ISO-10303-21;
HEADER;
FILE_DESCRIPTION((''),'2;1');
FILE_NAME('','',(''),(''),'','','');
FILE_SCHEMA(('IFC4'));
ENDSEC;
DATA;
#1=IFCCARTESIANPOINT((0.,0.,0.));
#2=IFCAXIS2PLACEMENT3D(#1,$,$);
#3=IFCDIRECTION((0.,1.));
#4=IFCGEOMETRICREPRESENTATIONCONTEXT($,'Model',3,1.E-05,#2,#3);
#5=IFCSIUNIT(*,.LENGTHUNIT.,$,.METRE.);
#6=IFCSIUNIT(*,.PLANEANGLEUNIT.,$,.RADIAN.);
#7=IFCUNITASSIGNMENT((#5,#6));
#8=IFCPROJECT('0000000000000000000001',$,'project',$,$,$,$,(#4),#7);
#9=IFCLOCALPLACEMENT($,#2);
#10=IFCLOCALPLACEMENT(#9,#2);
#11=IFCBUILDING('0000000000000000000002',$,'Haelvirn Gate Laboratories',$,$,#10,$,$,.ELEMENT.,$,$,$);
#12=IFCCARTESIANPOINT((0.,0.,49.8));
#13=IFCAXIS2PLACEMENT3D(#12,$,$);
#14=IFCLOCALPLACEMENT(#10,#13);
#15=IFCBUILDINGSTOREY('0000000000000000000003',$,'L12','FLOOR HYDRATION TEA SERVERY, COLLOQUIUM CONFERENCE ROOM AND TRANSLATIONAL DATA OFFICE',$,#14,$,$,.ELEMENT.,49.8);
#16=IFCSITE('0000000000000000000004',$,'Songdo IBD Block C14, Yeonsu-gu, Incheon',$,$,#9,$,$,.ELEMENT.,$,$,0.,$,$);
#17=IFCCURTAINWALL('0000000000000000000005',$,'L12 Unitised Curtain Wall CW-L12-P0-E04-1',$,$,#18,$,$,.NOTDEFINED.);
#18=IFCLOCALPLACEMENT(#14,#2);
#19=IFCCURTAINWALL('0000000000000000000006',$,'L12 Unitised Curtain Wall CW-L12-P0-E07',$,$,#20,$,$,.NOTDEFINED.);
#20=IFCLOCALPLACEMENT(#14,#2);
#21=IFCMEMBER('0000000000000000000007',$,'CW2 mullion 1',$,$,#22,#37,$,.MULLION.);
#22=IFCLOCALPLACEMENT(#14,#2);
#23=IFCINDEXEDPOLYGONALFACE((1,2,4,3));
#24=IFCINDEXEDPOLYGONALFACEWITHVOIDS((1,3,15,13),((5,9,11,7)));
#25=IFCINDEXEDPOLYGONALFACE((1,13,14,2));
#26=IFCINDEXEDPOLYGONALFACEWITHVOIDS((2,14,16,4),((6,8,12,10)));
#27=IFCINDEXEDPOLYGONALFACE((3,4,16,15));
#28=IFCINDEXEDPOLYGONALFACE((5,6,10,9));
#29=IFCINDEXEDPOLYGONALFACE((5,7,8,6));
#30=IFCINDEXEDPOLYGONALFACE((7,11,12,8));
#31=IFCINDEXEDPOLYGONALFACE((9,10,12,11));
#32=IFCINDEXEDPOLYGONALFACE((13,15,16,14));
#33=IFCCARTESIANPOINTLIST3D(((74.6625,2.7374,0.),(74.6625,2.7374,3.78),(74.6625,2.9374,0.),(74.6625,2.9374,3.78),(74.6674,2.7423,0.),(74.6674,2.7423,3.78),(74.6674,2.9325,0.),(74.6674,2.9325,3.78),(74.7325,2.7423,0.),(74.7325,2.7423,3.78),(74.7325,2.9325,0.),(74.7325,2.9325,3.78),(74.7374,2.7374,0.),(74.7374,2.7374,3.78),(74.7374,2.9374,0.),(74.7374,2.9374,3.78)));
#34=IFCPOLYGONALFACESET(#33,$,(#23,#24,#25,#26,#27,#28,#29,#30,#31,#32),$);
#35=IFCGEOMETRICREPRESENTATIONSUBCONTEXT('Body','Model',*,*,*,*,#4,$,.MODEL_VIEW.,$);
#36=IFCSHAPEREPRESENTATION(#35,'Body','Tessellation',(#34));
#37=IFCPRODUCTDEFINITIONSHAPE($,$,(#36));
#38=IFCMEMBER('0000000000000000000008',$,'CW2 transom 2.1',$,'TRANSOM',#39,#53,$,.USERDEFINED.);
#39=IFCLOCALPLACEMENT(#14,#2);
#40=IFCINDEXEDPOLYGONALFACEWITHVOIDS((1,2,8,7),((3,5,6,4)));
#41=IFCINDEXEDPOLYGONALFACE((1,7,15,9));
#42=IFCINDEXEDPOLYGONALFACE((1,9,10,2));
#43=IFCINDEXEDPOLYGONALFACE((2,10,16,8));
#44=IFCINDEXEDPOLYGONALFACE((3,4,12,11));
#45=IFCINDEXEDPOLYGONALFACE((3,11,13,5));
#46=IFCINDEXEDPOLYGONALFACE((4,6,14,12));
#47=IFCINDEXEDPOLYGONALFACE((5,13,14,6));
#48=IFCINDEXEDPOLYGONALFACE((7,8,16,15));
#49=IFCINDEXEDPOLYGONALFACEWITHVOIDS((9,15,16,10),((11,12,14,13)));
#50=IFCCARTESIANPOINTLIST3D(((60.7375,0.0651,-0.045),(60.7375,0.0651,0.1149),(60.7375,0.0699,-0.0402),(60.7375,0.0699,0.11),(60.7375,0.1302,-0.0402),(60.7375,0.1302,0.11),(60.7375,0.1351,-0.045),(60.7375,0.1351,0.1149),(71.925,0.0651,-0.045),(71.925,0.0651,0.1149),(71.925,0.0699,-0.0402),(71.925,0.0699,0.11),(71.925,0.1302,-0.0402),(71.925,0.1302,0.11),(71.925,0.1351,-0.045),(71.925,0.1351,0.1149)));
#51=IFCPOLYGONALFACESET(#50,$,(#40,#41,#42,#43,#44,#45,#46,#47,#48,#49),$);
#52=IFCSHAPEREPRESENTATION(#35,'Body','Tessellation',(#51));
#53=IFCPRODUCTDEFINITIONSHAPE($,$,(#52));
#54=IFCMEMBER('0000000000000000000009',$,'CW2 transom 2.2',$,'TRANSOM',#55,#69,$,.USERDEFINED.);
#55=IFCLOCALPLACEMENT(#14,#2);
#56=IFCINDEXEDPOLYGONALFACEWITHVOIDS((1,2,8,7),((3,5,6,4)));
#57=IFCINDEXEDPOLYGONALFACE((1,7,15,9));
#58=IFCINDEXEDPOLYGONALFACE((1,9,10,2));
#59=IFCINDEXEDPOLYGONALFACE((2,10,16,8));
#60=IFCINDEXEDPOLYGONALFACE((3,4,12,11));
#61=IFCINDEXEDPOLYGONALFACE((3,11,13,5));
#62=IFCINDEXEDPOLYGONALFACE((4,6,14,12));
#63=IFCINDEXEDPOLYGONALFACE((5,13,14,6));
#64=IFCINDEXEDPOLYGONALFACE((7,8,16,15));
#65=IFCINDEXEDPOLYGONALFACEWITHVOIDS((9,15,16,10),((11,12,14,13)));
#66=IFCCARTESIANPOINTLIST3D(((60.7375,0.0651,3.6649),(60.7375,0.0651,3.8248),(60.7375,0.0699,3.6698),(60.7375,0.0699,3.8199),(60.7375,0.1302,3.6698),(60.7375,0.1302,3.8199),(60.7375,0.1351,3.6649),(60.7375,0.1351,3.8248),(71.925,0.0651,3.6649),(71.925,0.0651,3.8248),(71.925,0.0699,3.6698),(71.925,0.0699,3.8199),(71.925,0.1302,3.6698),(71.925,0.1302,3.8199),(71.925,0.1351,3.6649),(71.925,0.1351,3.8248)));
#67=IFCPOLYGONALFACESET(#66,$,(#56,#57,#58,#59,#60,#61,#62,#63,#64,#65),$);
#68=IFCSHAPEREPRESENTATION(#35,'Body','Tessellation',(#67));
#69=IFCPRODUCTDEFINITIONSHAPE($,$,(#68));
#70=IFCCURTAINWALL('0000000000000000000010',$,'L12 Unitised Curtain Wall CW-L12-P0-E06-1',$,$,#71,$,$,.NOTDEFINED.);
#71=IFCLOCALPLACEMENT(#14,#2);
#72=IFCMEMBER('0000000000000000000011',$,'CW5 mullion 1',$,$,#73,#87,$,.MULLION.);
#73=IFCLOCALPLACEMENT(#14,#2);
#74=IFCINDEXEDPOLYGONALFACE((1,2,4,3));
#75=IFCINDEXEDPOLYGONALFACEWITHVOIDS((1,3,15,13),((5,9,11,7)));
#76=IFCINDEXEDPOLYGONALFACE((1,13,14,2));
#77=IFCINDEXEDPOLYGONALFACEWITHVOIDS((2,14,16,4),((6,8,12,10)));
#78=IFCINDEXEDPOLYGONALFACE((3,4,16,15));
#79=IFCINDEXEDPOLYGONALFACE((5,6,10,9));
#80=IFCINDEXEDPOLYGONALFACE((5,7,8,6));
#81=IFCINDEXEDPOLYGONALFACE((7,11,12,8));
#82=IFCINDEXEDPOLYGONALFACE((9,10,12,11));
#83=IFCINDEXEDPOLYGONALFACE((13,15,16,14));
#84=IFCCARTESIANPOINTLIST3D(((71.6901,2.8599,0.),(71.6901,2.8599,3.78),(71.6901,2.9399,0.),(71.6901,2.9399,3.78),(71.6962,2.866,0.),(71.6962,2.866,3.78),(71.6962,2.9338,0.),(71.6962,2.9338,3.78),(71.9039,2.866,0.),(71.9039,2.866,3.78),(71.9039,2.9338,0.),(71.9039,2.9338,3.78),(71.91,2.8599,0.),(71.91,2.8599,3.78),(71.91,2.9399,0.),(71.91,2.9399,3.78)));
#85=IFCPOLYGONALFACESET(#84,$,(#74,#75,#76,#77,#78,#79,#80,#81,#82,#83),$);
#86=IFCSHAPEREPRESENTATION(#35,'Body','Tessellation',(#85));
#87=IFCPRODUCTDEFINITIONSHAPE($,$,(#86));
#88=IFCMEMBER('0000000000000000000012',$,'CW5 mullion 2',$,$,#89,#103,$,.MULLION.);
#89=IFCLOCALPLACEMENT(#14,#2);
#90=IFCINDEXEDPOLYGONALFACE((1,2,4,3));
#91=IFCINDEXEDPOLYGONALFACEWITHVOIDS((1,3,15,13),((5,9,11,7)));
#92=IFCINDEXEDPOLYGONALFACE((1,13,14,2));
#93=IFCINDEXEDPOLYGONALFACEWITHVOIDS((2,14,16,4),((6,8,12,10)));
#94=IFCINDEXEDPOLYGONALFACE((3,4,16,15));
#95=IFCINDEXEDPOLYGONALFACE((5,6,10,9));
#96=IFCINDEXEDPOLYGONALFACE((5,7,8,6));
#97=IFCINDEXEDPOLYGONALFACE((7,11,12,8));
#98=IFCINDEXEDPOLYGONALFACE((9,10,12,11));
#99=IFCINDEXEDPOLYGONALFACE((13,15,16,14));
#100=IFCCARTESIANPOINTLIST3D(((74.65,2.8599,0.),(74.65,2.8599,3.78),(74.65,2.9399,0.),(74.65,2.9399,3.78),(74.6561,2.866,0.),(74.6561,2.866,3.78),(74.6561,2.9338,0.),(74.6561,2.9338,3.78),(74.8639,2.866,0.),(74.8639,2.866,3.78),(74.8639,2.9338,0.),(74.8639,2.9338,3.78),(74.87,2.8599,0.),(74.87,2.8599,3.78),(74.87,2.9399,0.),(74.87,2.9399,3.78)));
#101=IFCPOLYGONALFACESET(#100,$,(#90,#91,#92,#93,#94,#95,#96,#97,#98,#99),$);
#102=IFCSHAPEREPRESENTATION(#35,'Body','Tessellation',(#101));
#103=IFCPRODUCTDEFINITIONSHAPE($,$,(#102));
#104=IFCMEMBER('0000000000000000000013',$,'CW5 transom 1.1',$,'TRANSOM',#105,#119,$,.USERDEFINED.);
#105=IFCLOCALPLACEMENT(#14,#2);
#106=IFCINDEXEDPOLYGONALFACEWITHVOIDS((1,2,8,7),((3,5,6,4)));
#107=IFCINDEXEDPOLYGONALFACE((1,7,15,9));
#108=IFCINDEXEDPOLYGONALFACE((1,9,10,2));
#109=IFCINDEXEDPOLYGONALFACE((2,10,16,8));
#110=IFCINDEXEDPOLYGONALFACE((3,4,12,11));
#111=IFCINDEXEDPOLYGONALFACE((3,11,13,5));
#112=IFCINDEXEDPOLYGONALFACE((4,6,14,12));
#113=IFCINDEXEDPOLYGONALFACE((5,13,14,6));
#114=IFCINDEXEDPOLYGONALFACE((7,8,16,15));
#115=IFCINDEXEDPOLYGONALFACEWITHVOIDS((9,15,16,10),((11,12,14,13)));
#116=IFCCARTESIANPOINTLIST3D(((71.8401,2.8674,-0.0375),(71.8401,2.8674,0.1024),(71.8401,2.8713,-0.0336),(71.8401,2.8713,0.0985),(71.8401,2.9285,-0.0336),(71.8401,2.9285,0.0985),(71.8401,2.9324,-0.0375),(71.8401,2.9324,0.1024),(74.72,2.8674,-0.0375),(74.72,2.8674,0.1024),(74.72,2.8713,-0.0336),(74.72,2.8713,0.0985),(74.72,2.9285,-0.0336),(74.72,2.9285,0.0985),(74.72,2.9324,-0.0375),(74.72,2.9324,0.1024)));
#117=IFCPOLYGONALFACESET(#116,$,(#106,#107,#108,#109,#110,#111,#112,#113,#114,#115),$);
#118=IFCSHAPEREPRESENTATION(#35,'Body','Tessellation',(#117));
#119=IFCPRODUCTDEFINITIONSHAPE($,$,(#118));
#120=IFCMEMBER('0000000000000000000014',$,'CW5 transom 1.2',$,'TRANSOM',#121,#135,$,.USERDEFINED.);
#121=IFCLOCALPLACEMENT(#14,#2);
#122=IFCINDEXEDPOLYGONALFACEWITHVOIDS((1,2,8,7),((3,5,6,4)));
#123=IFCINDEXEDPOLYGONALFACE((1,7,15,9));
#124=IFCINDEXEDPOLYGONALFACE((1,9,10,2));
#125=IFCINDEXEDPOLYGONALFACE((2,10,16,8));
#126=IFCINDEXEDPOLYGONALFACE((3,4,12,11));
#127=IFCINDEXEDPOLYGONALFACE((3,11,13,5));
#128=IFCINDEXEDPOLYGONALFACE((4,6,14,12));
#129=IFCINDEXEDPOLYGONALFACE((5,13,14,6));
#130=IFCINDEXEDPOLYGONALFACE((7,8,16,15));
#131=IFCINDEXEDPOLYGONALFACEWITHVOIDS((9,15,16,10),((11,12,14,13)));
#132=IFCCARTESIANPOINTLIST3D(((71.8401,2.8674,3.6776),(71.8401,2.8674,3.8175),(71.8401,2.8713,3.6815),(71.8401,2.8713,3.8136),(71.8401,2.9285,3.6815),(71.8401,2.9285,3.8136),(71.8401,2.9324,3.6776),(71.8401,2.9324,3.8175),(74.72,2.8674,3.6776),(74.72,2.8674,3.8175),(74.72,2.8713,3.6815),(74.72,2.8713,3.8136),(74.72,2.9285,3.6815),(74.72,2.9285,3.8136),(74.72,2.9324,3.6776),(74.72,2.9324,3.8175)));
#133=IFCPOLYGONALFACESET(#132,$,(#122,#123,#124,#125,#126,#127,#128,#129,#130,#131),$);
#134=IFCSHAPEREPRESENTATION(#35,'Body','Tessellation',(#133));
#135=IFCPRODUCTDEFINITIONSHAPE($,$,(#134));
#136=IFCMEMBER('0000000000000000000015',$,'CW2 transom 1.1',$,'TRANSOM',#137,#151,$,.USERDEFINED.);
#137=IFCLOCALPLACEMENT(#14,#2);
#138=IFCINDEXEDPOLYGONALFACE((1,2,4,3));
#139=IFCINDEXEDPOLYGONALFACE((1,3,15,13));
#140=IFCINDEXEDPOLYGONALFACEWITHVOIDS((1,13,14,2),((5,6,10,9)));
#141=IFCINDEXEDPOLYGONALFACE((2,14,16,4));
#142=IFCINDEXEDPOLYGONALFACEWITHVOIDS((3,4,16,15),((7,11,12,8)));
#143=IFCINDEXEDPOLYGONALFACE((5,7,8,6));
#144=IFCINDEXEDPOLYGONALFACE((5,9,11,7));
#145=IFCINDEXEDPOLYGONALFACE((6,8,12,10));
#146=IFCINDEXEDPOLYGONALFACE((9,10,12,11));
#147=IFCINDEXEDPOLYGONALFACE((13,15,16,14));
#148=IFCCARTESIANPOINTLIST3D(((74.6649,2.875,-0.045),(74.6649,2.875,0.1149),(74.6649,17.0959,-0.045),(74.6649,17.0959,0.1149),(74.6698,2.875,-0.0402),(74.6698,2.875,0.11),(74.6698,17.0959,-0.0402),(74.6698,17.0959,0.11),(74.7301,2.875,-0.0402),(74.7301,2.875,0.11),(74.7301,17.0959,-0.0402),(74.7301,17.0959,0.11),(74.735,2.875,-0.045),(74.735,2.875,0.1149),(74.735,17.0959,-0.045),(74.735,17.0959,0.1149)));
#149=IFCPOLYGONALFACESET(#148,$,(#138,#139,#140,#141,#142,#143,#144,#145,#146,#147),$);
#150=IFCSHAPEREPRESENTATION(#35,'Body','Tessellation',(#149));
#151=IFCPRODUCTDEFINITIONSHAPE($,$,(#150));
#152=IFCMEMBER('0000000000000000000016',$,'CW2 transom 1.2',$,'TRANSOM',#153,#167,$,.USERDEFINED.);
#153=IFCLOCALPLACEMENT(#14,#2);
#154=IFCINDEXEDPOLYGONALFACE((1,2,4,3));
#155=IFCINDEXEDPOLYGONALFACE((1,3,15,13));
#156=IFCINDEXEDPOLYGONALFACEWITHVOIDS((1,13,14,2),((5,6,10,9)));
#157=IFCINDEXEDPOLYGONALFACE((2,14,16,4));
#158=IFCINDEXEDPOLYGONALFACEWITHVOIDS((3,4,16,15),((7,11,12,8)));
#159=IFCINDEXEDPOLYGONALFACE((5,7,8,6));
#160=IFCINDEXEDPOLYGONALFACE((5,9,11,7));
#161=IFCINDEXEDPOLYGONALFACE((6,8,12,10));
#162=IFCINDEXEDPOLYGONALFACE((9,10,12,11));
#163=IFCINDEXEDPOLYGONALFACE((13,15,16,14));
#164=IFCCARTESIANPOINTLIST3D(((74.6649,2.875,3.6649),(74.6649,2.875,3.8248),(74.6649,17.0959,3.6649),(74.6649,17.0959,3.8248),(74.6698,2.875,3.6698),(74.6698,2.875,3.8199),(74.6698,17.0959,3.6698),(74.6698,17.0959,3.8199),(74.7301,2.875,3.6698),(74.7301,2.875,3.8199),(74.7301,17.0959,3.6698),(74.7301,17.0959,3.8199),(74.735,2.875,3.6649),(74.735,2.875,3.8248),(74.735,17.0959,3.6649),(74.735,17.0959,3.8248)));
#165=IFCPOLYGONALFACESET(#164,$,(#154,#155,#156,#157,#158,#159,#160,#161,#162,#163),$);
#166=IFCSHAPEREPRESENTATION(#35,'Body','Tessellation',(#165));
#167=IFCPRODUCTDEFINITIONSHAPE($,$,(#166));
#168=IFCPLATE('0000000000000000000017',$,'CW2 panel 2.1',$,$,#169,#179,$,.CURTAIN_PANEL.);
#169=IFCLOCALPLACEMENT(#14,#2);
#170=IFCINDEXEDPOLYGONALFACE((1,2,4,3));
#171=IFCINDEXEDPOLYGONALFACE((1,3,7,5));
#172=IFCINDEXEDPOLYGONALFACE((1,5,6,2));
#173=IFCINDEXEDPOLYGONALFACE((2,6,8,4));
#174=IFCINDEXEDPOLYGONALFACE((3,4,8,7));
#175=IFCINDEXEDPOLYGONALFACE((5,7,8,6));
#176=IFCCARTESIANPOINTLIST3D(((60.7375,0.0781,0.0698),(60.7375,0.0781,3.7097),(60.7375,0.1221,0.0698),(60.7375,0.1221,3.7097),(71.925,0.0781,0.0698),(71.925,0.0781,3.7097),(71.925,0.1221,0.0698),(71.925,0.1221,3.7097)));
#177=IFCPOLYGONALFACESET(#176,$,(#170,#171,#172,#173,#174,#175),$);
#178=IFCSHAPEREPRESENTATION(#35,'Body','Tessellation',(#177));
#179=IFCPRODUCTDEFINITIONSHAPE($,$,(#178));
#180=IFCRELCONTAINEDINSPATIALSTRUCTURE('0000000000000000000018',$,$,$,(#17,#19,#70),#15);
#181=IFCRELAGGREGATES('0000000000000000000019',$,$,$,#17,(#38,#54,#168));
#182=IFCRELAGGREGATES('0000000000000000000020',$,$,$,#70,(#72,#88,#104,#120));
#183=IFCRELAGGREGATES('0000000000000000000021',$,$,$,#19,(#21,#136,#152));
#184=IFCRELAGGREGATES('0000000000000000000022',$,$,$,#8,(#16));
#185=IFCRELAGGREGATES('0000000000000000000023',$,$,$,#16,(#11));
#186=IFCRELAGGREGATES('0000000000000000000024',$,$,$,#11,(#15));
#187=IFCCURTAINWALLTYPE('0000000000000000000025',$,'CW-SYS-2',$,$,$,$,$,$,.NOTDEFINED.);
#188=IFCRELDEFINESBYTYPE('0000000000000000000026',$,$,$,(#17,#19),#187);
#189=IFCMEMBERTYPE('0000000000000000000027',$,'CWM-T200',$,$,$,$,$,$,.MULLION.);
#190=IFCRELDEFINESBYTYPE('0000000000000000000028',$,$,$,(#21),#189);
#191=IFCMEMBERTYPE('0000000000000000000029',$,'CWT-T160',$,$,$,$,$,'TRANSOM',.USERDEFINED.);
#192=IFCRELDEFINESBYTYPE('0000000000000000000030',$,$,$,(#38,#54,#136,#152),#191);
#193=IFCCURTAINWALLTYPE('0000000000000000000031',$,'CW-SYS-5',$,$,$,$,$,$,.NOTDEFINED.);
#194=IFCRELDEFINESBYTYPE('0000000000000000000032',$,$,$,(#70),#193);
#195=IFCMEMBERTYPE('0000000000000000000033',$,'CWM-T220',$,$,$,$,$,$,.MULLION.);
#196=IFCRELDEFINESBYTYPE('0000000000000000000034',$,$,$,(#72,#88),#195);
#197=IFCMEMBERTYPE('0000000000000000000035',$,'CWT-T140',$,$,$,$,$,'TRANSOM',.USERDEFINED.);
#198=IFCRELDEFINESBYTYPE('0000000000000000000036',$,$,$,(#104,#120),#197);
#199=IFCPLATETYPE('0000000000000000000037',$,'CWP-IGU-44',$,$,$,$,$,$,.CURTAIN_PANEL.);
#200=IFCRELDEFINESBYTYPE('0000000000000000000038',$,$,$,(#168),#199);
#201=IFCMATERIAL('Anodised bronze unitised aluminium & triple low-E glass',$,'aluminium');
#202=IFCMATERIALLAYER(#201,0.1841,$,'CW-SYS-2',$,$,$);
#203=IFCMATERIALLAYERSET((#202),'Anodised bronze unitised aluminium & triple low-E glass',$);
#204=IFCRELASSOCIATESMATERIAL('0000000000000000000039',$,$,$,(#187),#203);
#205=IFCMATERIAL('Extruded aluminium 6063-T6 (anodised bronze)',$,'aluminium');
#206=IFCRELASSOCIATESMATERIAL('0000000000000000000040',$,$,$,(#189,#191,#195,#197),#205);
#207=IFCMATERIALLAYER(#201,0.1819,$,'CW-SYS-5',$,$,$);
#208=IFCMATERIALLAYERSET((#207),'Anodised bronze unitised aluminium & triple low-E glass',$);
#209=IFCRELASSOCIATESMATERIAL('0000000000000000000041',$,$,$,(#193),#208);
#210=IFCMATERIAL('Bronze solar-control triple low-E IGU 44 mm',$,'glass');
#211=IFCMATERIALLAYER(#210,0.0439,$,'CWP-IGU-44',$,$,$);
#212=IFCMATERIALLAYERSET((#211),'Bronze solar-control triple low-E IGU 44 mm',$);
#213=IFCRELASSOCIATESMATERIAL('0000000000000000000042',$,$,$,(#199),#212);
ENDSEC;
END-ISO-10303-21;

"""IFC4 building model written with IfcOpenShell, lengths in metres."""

from ifc_helpers import new_model, si_unit, direction, frame, origin, origin_2d, place, context, subcontext, project, spatial, rectangle, hollow_rectangle, extrude, source, transform, mapped, material, layer, layer_set, material_profile, profile_set, type_object, type_shapes, element, aggregate, save


model = new_model("IFC4")

# Units and contexts
model_context = context("Model", 3, precision=1e-05, world=origin(), true_north=direction((0.0, 1.0)))
body_context = subcontext(model_context, "Body", "Model", "MODEL_VIEW")
ifc_project = project(units=[si_unit("LENGTHUNIT", "METRE"), si_unit("PLANEANGLEUNIT", "RADIAN")], contexts=[model_context])

# Site, building, storey
site_placement = place(None, origin())
site = spatial("IfcSite", under=ifc_project, at=site_placement, Name="Songdo IBD Block C14, Yeonsu-gu, Incheon", CompositionType="ELEMENT", RefElevation=0.0)
building_placement = place(site_placement, origin())
building = spatial("IfcBuilding", under=site, at=building_placement, Name="Haelvirn Gate Laboratories", CompositionType="ELEMENT")
storey_placement = place(building_placement, frame((0.0, 0.0, 49.8)))
storey = spatial("IfcBuildingStorey", under=building, at=storey_placement, Name="L12", Description="FLOOR HYDRATION TEA SERVERY, COLLOQUIUM CONFERENCE ROOM AND TRANSLATIONAL DATA OFFICE", CompositionType="ELEMENT", Elevation=49.8)

# Curtain wall
ifc_material_1 = material(Name="Anodised bronze unitised aluminium & triple low-E glass", Category="aluminium")
ifc_layer_1 = layer(ifc_material_1, 0.1841, Name="CW-SYS-2")
ifc_layer_set_1 = layer_set([ifc_layer_1], Name="Anodised bronze unitised aluminium & triple low-E glass")
curtain_wall_type_1 = type_object("IfcCurtainWallType", Name="CW-SYS-2", PredefinedType="NOTDEFINED", material=ifc_layer_set_1)
curtain_wall_1_placement = place(storey_placement, origin())
curtain_wall_1 = element("IfcCurtainWall", 1, at=curtain_wall_1_placement, inside=storey, type_object=curtain_wall_type_1, Name="L12 Unitised Curtain Wall CW-L12-P0-E04-1", PredefinedType="NOTDEFINED")
ifc_material_2 = material(Name="Extruded aluminium 6063-T6 (anodised bronze)", Category="aluminium")
ifc_material_profile_1 = material_profile(ifc_material_2, hollow_rectangle(XDim=0.075, YDim=0.2, WallThickness=0.0049, at=origin_2d()), Name="CWM-200x75x5")
ifc_profile_set_1 = profile_set([ifc_material_profile_1], Name="Extruded aluminium 6063-T6 (anodised bronze)")
member_type_1 = type_object("IfcMemberType", Name="CWM-T200", PredefinedType="MULLION", material=ifc_profile_set_1)
shared_shape_1 = source(origin(), body_context, "Body", "SweptSolid", [
    extrude(hollow_rectangle(XDim=0.075, YDim=0.2, WallThickness=0.0049, at=origin_2d()), origin(), (0.0, 0.0, 1.0), 3.78),
])
type_shapes(member_type_1, [shared_shape_1])

# Curtain wall, member
curtain_wall_2_placement = place(storey_placement, origin())
curtain_wall_2 = element("IfcCurtainWall", 2, at=curtain_wall_2_placement, inside=storey, type_object=curtain_wall_type_1, Name="L12 Unitised Curtain Wall CW-L12-P0-E07", PredefinedType="NOTDEFINED")
member_1_placement = place(storey_placement, frame((74.7, 2.8374, 0.0), z_axis=(0.0, 0.0, 1.0), x_axis=(-1.0, 0.0, 0.0)))
member_1 = element("IfcMember", 3, at=member_1_placement, type_object=member_type_1, Name="CW2 mullion 1", PredefinedType="MULLION", context=body_context, shape_type="MappedRepresentation", body=[
    mapped(shared_shape_1, transform((0.0, 0.0, 0.0), scale=1.0)),
])

# Members
ifc_material_profile_2 = material_profile(ifc_material_2, hollow_rectangle(XDim=0.0701, YDim=0.1599, WallThickness=0.0049, at=origin_2d()), Name="CWT-160x70x5")
ifc_profile_set_2 = profile_set([ifc_material_profile_2], Name="Extruded aluminium 6063-T6 (anodised bronze)")
member_type_2 = type_object("IfcMemberType", Name="CWT-T160", ElementType="TRANSOM", PredefinedType="USERDEFINED", material=ifc_profile_set_2)
shared_shape_2 = source(origin(), body_context, "Body", "SweptSolid", [
    extrude(hollow_rectangle(XDim=0.0701, YDim=0.1599, WallThickness=0.0049, at=origin_2d()), origin(), (0.0, 0.0, 1.0), 11.1875),
])
member_2_placement = place(storey_placement, frame((60.7375, 0.1001, 0.0349), z_axis=(1.0, 0.0, 0.0), x_axis=(0.0, 1.0, 0.0)))
member_2 = element("IfcMember", 4, at=member_2_placement, type_object=member_type_2, Name="CW2 transom 2.1", ObjectType="TRANSOM", PredefinedType="USERDEFINED", context=body_context, shape_type="MappedRepresentation", body=[
    mapped(shared_shape_2, transform((0.0, 0.0, 0.0), scale=1.0)),
])
member_3_placement = place(storey_placement, frame((60.7375, 0.1001, 3.7449), z_axis=(1.0, 0.0, 0.0), x_axis=(0.0, 1.0, 0.0)))
member_3 = element("IfcMember", 5, at=member_3_placement, type_object=member_type_2, Name="CW2 transom 2.2", ObjectType="TRANSOM", PredefinedType="USERDEFINED", context=body_context, shape_type="MappedRepresentation", body=[
    mapped(shared_shape_2, transform((0.0, 0.0, 0.0), scale=1.0)),
])

# Curtain wall, members
ifc_layer_2 = layer(ifc_material_1, 0.1819, Name="CW-SYS-5")
ifc_layer_set_2 = layer_set([ifc_layer_2], Name="Anodised bronze unitised aluminium & triple low-E glass")
curtain_wall_type_2 = type_object("IfcCurtainWallType", Name="CW-SYS-5", PredefinedType="NOTDEFINED", material=ifc_layer_set_2)
curtain_wall_3_placement = place(storey_placement, origin())
curtain_wall_3 = element("IfcCurtainWall", 6, at=curtain_wall_3_placement, inside=storey, type_object=curtain_wall_type_2, Name="L12 Unitised Curtain Wall CW-L12-P0-E06-1", PredefinedType="NOTDEFINED")
ifc_material_profile_3 = material_profile(ifc_material_2, hollow_rectangle(XDim=0.0801, YDim=0.22, WallThickness=0.0061, at=origin_2d()), Name="CWM-220x80x6")
ifc_profile_set_3 = profile_set([ifc_material_profile_3], Name="Extruded aluminium 6063-T6 (anodised bronze)")
member_type_3 = type_object("IfcMemberType", Name="CWM-T220", PredefinedType="MULLION", material=ifc_profile_set_3)
shared_shape_3 = source(origin(), body_context, "Body", "SweptSolid", [
    extrude(hollow_rectangle(XDim=0.0801, YDim=0.22, WallThickness=0.0061, at=origin_2d()), origin(), (0.0, 0.0, 1.0), 3.78),
])
type_shapes(member_type_3, [shared_shape_3])
member_4_placement = place(storey_placement, frame((71.8, 2.8999, 0.0), z_axis=(0.0, 0.0, 1.0), x_axis=(0.0, 1.0, 0.0)))
member_4 = element("IfcMember", 7, at=member_4_placement, type_object=member_type_3, Name="CW5 mullion 1", PredefinedType="MULLION", context=body_context, shape_type="MappedRepresentation", body=[
    mapped(shared_shape_3, transform((0.0, 0.0, 0.0), scale=1.0)),
])
member_5_placement = place(storey_placement, frame((74.76, 2.8999, 0.0), z_axis=(0.0, 0.0, 1.0), x_axis=(0.0, 1.0, 0.0)))
member_5 = element("IfcMember", 8, at=member_5_placement, type_object=member_type_3, Name="CW5 mullion 2", PredefinedType="MULLION", context=body_context, shape_type="MappedRepresentation", body=[
    mapped(shared_shape_3, transform((0.0, 0.0, 0.0), scale=1.0)),
])
ifc_material_profile_4 = material_profile(ifc_material_2, hollow_rectangle(XDim=0.0649, YDim=0.1399, WallThickness=0.0039, at=origin_2d()), Name="CWT-140x65x4")
ifc_profile_set_4 = profile_set([ifc_material_profile_4], Name="Extruded aluminium 6063-T6 (anodised bronze)")
member_type_4 = type_object("IfcMemberType", Name="CWT-T140", ElementType="TRANSOM", PredefinedType="USERDEFINED", material=ifc_profile_set_4)
shared_shape_4 = source(origin(), body_context, "Body", "SweptSolid", [
    extrude(hollow_rectangle(XDim=0.0649, YDim=0.1399, WallThickness=0.0039, at=origin_2d()), origin(), (0.0, 0.0, 1.0), 2.8799),
])
type_shapes(member_type_4, [shared_shape_4])
member_6_placement = place(storey_placement, frame((71.8401, 2.8999, 0.0325), z_axis=(1.0, 0.0, 0.0), x_axis=(0.0, 1.0, 0.0)))
member_6 = element("IfcMember", 9, at=member_6_placement, type_object=member_type_4, Name="CW5 transom 1.1", ObjectType="TRANSOM", PredefinedType="USERDEFINED", context=body_context, shape_type="MappedRepresentation", body=[
    mapped(shared_shape_4, transform((0.0, 0.0, 0.0), scale=1.0)),
])
member_7_placement = place(storey_placement, frame((71.8401, 2.8999, 3.7476), z_axis=(1.0, 0.0, 0.0), x_axis=(0.0, 1.0, 0.0)))
member_7 = element("IfcMember", 10, at=member_7_placement, type_object=member_type_4, Name="CW5 transom 1.2", ObjectType="TRANSOM", PredefinedType="USERDEFINED", context=body_context, shape_type="MappedRepresentation", body=[
    mapped(shared_shape_4, transform((0.0, 0.0, 0.0), scale=1.0)),
])

# Members
shared_shape_5 = source(origin(), body_context, "Body", "SweptSolid", [
    extrude(hollow_rectangle(XDim=0.0701, YDim=0.1599, WallThickness=0.0049, at=origin_2d()), origin(), (0.0, 0.0, 1.0), 14.2209),
])
type_shapes(member_type_2, [shared_shape_2, shared_shape_5])
member_8_placement = place(storey_placement, frame((74.7, 2.875, 0.0349), z_axis=(0.0, 1.0, 0.0), x_axis=(-1.0, 0.0, 0.0)))
member_8 = element("IfcMember", 11, at=member_8_placement, type_object=member_type_2, Name="CW2 transom 1.1", ObjectType="TRANSOM", PredefinedType="USERDEFINED", context=body_context, shape_type="MappedRepresentation", body=[
    mapped(shared_shape_5, transform((0.0, 0.0, 0.0), scale=1.0)),
])
member_9_placement = place(storey_placement, frame((74.7, 2.875, 3.7449), z_axis=(0.0, 1.0, 0.0), x_axis=(-1.0, 0.0, 0.0)))
member_9 = element("IfcMember", 12, at=member_9_placement, type_object=member_type_2, Name="CW2 transom 1.2", ObjectType="TRANSOM", PredefinedType="USERDEFINED", context=body_context, shape_type="MappedRepresentation", body=[
    mapped(shared_shape_5, transform((0.0, 0.0, 0.0), scale=1.0)),
])

# Plate
ifc_material_3 = material(Name="Bronze solar-control triple low-E IGU 44 mm", Category="glass")
ifc_layer_3 = layer(ifc_material_3, 0.0439, Name="CWP-IGU-44")
ifc_layer_set_3 = layer_set([ifc_layer_3], Name="Bronze solar-control triple low-E IGU 44 mm")
plate_type_1 = type_object("IfcPlateType", Name="CWP-IGU-44", PredefinedType="CURTAIN_PANEL", material=ifc_layer_set_3)
shared_shape_6 = source(origin(), body_context, "Body", "SweptSolid", [
    extrude(rectangle(XDim=11.1875, YDim=0.0439, at=origin_2d()), origin(), (0.0, 0.0, 1.0), 3.6399),
])
plate_1_placement = place(storey_placement, frame((66.3313, 0.1001, 0.0698), z_axis=(0.0, 0.0, 1.0), x_axis=(1.0, 0.0, 0.0)))
plate_1 = element("IfcPlate", 13, at=plate_1_placement, type_object=plate_type_1, Name="CW2 panel 2.1", PredefinedType="CURTAIN_PANEL", context=body_context, shape_type="MappedRepresentation", body=[
    mapped(shared_shape_6, transform((0.0, 0.0, 0.0), scale=1.0)),
])
aggregate(curtain_wall_1, [member_2, member_3, plate_1])
aggregate(curtain_wall_3, [member_4, member_5, member_6, member_7])
aggregate(curtain_wall_2, [member_1, member_8, member_9])

save(model, "model.ifc")
